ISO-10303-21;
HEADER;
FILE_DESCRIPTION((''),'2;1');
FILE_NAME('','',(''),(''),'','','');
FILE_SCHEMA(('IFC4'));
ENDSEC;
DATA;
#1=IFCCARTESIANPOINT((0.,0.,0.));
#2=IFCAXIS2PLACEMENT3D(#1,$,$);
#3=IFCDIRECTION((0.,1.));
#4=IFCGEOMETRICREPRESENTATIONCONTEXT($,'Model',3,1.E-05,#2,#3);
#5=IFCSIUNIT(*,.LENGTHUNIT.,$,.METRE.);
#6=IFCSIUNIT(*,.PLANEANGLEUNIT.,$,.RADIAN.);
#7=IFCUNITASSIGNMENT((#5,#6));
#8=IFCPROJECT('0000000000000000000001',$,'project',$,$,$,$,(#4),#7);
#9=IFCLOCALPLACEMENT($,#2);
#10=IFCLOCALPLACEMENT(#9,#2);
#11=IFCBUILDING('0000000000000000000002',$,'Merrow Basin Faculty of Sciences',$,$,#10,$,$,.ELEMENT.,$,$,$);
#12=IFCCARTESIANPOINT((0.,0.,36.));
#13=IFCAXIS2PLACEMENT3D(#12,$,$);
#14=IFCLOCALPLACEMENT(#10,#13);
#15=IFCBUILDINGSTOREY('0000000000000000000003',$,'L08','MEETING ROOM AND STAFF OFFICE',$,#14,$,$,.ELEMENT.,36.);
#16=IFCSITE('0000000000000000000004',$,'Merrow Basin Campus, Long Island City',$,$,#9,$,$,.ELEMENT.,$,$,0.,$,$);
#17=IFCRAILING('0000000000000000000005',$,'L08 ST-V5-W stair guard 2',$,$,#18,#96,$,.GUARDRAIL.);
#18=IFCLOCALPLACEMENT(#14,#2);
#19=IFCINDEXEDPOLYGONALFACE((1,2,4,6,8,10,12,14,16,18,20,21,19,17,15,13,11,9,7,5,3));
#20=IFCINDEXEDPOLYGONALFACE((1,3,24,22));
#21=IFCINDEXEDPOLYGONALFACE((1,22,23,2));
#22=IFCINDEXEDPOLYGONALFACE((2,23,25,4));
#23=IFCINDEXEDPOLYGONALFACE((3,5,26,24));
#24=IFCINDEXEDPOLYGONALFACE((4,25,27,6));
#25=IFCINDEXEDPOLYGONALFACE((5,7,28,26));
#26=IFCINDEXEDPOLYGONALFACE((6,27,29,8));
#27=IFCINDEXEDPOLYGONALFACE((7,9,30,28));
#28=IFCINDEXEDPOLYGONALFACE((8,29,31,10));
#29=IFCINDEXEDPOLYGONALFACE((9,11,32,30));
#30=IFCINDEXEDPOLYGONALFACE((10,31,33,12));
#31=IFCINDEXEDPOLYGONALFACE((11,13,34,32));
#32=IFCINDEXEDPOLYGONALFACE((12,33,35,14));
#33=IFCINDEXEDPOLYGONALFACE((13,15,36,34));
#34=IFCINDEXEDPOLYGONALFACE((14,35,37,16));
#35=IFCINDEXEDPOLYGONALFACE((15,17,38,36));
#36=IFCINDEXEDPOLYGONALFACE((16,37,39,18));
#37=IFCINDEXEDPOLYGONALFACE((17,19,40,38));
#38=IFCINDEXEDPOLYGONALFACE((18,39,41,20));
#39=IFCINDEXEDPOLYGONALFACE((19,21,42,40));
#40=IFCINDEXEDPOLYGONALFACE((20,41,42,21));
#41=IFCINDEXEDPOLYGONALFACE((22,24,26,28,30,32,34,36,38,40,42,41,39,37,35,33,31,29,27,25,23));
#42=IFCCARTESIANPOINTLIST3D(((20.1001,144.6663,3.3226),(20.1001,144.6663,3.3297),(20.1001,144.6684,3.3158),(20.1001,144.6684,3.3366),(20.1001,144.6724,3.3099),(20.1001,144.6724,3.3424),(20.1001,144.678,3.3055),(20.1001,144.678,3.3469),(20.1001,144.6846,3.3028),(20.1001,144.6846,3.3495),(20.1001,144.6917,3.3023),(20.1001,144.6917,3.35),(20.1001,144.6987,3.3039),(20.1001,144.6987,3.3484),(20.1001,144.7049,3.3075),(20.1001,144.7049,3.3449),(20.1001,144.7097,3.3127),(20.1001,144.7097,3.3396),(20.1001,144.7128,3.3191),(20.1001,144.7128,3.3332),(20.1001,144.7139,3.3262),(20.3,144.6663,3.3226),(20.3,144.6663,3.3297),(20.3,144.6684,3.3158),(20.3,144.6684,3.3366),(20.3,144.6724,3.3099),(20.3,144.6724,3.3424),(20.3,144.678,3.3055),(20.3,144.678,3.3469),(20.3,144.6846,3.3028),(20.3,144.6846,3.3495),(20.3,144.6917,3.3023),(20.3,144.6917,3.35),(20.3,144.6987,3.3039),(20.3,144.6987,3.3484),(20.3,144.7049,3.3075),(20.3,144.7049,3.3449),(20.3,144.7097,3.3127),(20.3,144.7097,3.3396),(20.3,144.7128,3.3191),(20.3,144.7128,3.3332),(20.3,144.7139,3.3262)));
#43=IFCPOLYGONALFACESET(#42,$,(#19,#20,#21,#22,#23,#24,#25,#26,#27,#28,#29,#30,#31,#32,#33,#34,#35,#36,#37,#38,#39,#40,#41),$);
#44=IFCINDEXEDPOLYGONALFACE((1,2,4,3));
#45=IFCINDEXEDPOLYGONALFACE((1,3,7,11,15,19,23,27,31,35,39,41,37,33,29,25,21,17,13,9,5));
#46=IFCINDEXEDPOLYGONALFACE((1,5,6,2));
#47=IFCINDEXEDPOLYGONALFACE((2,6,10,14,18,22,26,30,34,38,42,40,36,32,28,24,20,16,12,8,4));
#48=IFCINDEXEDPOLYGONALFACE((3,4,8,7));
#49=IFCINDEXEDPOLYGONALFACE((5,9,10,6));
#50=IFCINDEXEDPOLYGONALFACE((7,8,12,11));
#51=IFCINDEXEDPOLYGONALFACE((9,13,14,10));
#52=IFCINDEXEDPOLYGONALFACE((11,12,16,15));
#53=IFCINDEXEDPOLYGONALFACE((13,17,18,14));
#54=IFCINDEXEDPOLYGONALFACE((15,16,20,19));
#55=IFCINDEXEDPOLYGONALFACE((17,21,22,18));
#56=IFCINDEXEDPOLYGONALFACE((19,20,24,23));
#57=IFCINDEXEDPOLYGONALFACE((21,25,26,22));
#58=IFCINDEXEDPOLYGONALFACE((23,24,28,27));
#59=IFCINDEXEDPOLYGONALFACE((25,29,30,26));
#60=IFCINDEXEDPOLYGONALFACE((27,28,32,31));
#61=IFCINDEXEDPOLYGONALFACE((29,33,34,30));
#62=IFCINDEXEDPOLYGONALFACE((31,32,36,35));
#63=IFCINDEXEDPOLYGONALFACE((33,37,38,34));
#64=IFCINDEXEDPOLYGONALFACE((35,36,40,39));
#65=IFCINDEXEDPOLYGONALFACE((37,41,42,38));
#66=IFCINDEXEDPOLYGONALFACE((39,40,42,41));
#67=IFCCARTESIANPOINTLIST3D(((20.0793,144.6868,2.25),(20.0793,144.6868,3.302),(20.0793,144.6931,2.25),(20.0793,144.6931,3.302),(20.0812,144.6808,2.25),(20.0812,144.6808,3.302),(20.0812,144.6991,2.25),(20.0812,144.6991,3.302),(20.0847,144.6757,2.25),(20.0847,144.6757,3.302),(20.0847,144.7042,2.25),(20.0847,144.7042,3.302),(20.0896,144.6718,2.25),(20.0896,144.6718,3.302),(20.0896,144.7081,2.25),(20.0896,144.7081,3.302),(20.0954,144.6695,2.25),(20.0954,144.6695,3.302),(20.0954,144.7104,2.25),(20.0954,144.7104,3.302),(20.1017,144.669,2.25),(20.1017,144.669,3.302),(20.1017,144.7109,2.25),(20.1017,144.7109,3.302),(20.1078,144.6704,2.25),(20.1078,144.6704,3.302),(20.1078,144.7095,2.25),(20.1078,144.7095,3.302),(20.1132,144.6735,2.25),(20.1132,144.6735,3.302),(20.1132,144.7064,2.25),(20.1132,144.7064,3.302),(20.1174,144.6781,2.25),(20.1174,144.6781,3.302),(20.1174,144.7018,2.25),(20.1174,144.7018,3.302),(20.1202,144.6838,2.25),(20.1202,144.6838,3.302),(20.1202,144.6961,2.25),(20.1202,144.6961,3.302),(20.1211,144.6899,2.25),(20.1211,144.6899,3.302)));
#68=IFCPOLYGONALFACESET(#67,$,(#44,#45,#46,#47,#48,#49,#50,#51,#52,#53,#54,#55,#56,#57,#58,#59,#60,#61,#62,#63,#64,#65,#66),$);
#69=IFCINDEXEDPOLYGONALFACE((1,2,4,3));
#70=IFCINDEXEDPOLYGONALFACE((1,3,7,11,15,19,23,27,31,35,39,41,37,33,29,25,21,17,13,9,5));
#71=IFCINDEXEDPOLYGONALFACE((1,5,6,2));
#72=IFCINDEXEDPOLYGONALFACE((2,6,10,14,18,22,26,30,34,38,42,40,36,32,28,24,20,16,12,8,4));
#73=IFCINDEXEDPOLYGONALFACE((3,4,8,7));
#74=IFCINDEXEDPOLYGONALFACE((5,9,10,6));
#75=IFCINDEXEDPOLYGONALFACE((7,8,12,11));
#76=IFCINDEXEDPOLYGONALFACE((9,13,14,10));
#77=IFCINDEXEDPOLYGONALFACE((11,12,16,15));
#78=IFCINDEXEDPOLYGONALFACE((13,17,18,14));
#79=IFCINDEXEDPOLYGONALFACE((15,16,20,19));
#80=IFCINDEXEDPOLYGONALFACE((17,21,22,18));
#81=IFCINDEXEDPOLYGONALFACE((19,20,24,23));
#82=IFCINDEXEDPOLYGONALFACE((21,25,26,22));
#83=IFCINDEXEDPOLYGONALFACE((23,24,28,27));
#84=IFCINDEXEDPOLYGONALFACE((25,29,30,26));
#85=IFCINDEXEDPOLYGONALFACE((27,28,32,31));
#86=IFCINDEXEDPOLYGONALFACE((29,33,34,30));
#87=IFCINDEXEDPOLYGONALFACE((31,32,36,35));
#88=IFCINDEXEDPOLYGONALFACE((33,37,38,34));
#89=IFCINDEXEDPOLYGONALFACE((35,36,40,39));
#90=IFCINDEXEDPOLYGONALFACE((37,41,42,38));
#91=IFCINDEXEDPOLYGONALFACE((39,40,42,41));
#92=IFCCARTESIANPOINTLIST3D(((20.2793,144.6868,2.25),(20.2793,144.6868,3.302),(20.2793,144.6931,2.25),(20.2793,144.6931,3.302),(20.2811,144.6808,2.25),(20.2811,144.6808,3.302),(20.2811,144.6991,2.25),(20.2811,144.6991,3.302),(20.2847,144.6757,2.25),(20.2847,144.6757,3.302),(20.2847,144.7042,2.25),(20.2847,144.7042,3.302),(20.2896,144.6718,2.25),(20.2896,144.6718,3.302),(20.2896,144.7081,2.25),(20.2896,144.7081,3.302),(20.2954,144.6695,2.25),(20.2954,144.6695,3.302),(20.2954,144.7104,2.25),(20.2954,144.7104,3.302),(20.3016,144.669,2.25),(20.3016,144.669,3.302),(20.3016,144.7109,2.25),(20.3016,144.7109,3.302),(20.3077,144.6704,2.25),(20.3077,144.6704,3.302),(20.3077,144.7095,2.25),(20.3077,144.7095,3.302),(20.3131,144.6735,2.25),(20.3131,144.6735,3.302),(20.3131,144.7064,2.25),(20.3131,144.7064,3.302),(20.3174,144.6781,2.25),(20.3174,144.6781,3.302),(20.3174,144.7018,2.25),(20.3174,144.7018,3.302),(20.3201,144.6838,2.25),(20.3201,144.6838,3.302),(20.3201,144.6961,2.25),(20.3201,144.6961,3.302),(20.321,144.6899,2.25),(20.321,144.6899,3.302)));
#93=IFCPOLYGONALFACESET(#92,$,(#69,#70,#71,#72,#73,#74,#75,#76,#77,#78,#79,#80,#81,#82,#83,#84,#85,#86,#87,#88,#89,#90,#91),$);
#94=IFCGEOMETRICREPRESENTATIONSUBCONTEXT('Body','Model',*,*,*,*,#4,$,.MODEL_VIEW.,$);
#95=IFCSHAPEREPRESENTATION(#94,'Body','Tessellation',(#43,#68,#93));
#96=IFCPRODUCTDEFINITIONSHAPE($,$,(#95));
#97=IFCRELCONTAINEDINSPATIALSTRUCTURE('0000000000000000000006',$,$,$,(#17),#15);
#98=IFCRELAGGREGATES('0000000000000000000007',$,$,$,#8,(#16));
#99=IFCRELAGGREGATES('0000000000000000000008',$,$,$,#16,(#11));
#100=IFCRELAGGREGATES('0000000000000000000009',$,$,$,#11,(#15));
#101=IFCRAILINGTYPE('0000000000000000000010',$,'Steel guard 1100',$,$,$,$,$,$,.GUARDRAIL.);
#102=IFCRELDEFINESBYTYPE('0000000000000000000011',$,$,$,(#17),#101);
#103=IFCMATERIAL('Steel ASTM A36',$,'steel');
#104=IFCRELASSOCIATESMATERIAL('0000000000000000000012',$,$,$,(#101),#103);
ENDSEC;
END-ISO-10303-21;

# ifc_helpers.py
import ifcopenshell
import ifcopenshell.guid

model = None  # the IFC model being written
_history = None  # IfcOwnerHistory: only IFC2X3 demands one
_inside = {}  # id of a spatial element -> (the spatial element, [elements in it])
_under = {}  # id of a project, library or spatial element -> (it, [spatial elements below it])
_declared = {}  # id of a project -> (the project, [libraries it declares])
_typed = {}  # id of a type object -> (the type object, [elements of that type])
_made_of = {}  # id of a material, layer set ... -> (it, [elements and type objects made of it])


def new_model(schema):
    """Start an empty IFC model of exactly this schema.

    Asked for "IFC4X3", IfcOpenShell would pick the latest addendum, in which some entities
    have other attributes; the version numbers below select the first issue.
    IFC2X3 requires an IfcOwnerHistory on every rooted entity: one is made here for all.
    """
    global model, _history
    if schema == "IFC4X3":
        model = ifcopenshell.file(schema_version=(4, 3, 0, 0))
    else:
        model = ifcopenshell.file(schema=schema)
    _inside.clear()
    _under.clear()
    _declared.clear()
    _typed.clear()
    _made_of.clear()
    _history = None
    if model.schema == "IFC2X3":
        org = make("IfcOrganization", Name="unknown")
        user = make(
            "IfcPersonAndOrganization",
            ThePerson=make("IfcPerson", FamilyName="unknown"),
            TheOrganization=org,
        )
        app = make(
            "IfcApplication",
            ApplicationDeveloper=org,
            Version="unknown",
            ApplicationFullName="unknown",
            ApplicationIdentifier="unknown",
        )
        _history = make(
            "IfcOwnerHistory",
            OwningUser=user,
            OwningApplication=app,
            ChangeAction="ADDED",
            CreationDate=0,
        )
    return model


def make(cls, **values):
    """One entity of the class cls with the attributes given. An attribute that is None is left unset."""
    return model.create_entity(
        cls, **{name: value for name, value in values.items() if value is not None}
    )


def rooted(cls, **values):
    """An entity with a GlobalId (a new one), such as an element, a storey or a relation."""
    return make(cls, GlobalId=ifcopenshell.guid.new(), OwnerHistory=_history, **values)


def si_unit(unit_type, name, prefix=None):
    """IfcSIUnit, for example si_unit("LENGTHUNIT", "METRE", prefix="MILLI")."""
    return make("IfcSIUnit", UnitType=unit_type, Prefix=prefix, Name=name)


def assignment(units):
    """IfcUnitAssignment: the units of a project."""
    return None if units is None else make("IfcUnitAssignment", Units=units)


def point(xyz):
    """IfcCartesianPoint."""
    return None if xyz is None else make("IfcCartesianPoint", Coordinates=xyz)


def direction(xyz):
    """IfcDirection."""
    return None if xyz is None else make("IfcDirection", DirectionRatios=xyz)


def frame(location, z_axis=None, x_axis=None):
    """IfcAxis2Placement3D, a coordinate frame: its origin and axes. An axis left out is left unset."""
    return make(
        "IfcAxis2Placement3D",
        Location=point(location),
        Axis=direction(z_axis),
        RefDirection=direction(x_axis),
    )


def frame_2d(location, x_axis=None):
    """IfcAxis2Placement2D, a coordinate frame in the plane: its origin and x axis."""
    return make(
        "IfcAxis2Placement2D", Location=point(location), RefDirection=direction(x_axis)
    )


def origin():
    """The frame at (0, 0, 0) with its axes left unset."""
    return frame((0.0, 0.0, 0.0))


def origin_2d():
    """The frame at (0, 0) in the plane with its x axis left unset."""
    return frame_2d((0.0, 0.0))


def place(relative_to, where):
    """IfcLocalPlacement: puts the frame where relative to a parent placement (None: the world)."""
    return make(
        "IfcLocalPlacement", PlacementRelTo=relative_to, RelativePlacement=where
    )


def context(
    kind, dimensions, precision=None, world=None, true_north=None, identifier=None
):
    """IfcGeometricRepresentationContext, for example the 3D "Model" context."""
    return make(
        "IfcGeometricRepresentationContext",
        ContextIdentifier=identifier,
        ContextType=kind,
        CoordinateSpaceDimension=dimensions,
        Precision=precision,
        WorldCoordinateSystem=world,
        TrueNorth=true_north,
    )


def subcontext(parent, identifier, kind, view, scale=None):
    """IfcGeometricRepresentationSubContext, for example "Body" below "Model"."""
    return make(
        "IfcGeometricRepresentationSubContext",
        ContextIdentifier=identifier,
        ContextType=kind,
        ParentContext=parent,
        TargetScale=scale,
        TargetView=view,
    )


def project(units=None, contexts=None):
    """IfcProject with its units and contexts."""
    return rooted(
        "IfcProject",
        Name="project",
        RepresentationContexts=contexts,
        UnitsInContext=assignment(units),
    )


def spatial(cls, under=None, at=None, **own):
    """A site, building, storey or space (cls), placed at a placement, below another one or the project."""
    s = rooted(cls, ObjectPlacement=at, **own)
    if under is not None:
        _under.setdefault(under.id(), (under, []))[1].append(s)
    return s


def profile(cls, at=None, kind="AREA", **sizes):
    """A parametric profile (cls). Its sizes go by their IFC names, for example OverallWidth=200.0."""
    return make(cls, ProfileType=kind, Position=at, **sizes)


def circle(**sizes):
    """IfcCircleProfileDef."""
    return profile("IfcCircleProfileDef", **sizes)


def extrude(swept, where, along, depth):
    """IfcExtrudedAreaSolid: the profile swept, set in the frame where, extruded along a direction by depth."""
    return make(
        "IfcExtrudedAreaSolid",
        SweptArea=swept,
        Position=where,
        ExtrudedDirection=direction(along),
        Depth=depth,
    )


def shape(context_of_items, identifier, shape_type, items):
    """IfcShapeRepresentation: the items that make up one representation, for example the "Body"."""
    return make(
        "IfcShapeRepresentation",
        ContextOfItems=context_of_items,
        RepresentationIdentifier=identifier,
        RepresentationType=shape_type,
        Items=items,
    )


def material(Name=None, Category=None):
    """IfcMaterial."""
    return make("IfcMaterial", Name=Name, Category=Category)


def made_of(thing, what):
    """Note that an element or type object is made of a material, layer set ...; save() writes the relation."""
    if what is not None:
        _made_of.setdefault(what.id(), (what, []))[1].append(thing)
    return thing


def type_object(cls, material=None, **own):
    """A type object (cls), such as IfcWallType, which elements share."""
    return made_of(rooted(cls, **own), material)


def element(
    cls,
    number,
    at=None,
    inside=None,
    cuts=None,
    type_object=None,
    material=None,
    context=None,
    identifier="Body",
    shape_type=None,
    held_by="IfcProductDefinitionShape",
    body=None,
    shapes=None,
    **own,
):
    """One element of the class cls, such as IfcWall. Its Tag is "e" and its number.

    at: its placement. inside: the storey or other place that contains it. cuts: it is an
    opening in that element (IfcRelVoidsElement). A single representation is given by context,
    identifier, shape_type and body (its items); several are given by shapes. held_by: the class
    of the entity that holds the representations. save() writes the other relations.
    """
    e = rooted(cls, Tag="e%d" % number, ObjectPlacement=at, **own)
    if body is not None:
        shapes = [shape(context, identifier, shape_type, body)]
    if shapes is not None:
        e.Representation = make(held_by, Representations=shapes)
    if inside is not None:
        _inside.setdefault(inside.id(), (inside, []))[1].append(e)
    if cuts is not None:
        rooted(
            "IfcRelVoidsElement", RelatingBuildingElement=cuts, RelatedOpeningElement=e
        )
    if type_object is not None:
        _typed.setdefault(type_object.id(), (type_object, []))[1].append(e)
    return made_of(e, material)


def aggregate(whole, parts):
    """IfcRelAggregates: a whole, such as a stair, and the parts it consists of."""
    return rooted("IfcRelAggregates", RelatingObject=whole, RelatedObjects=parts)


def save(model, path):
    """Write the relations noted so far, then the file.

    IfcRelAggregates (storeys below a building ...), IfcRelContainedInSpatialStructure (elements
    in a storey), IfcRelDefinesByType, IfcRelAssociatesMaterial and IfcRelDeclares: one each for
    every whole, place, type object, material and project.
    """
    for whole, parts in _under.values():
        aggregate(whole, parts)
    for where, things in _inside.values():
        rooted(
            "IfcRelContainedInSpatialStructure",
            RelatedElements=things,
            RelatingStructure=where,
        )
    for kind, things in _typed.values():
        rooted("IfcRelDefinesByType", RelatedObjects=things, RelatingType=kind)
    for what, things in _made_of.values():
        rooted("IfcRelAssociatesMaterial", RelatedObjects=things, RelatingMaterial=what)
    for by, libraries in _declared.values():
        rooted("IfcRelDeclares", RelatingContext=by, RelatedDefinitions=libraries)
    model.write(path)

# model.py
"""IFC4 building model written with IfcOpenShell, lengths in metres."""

from ifc_helpers import new_model, si_unit, direction, frame, origin, origin_2d, place, context, subcontext, project, spatial, circle, extrude, material, type_object, element, save


model = new_model("IFC4")

# Units and contexts
model_context = context("Model", 3, precision=1e-05, world=origin(), true_north=direction((0.0, 1.0)))
body_context = subcontext(model_context, "Body", "Model", "MODEL_VIEW")
ifc_project = project(units=[si_unit("LENGTHUNIT", "METRE"), si_unit("PLANEANGLEUNIT", "RADIAN")], contexts=[model_context])

# Site, building, storey
site_placement = place(None, origin())
site = spatial("IfcSite", under=ifc_project, at=site_placement, Name="Merrow Basin Campus, Long Island City", CompositionType="ELEMENT", RefElevation=0.0)
building_placement = place(site_placement, origin())
building = spatial("IfcBuilding", under=site, at=building_placement, Name="Merrow Basin Faculty of Sciences", CompositionType="ELEMENT")
storey_placement = place(building_placement, frame((0.0, 0.0, 36.0)))
storey = spatial("IfcBuildingStorey", under=building, at=storey_placement, Name="L08", Description="MEETING ROOM AND STAFF OFFICE", CompositionType="ELEMENT", Elevation=36.0)

# Railing
ifc_material_1 = material(Name="Steel ASTM A36", Category="steel")
railing_type_1 = type_object("IfcRailingType", Name="Steel guard 1100", PredefinedType="GUARDRAIL", material=ifc_material_1)
railing_1_placement = place(storey_placement, frame((20.1001, 144.6899, 2.25)))
element("IfcRailing", 1, at=railing_1_placement, inside=storey, type_object=railing_type_1, Name="L08 ST-V5-W stair guard 2", PredefinedType="GUARDRAIL", context=body_context, shape_type="SweptSolid", body=[
    extrude(circle(Radius=0.0239, at=origin_2d()), frame((0.0, 0.0, 1.0762), z_axis=(1.0, 0.0, 0.0), x_axis=(0.0, 1.0, 0.0)), (0.0, 0.0, 1.0), 0.2),
    extrude(circle(Radius=0.021, at=origin_2d()), origin(), (0.0, 0.0, 1.0), 1.052),
    extrude(circle(Radius=0.021, at=origin_2d()), frame((0.2, 0.0, 0.0)), (0.0, 0.0, 1.0), 1.052),
])

save(model, "model.ifc")
